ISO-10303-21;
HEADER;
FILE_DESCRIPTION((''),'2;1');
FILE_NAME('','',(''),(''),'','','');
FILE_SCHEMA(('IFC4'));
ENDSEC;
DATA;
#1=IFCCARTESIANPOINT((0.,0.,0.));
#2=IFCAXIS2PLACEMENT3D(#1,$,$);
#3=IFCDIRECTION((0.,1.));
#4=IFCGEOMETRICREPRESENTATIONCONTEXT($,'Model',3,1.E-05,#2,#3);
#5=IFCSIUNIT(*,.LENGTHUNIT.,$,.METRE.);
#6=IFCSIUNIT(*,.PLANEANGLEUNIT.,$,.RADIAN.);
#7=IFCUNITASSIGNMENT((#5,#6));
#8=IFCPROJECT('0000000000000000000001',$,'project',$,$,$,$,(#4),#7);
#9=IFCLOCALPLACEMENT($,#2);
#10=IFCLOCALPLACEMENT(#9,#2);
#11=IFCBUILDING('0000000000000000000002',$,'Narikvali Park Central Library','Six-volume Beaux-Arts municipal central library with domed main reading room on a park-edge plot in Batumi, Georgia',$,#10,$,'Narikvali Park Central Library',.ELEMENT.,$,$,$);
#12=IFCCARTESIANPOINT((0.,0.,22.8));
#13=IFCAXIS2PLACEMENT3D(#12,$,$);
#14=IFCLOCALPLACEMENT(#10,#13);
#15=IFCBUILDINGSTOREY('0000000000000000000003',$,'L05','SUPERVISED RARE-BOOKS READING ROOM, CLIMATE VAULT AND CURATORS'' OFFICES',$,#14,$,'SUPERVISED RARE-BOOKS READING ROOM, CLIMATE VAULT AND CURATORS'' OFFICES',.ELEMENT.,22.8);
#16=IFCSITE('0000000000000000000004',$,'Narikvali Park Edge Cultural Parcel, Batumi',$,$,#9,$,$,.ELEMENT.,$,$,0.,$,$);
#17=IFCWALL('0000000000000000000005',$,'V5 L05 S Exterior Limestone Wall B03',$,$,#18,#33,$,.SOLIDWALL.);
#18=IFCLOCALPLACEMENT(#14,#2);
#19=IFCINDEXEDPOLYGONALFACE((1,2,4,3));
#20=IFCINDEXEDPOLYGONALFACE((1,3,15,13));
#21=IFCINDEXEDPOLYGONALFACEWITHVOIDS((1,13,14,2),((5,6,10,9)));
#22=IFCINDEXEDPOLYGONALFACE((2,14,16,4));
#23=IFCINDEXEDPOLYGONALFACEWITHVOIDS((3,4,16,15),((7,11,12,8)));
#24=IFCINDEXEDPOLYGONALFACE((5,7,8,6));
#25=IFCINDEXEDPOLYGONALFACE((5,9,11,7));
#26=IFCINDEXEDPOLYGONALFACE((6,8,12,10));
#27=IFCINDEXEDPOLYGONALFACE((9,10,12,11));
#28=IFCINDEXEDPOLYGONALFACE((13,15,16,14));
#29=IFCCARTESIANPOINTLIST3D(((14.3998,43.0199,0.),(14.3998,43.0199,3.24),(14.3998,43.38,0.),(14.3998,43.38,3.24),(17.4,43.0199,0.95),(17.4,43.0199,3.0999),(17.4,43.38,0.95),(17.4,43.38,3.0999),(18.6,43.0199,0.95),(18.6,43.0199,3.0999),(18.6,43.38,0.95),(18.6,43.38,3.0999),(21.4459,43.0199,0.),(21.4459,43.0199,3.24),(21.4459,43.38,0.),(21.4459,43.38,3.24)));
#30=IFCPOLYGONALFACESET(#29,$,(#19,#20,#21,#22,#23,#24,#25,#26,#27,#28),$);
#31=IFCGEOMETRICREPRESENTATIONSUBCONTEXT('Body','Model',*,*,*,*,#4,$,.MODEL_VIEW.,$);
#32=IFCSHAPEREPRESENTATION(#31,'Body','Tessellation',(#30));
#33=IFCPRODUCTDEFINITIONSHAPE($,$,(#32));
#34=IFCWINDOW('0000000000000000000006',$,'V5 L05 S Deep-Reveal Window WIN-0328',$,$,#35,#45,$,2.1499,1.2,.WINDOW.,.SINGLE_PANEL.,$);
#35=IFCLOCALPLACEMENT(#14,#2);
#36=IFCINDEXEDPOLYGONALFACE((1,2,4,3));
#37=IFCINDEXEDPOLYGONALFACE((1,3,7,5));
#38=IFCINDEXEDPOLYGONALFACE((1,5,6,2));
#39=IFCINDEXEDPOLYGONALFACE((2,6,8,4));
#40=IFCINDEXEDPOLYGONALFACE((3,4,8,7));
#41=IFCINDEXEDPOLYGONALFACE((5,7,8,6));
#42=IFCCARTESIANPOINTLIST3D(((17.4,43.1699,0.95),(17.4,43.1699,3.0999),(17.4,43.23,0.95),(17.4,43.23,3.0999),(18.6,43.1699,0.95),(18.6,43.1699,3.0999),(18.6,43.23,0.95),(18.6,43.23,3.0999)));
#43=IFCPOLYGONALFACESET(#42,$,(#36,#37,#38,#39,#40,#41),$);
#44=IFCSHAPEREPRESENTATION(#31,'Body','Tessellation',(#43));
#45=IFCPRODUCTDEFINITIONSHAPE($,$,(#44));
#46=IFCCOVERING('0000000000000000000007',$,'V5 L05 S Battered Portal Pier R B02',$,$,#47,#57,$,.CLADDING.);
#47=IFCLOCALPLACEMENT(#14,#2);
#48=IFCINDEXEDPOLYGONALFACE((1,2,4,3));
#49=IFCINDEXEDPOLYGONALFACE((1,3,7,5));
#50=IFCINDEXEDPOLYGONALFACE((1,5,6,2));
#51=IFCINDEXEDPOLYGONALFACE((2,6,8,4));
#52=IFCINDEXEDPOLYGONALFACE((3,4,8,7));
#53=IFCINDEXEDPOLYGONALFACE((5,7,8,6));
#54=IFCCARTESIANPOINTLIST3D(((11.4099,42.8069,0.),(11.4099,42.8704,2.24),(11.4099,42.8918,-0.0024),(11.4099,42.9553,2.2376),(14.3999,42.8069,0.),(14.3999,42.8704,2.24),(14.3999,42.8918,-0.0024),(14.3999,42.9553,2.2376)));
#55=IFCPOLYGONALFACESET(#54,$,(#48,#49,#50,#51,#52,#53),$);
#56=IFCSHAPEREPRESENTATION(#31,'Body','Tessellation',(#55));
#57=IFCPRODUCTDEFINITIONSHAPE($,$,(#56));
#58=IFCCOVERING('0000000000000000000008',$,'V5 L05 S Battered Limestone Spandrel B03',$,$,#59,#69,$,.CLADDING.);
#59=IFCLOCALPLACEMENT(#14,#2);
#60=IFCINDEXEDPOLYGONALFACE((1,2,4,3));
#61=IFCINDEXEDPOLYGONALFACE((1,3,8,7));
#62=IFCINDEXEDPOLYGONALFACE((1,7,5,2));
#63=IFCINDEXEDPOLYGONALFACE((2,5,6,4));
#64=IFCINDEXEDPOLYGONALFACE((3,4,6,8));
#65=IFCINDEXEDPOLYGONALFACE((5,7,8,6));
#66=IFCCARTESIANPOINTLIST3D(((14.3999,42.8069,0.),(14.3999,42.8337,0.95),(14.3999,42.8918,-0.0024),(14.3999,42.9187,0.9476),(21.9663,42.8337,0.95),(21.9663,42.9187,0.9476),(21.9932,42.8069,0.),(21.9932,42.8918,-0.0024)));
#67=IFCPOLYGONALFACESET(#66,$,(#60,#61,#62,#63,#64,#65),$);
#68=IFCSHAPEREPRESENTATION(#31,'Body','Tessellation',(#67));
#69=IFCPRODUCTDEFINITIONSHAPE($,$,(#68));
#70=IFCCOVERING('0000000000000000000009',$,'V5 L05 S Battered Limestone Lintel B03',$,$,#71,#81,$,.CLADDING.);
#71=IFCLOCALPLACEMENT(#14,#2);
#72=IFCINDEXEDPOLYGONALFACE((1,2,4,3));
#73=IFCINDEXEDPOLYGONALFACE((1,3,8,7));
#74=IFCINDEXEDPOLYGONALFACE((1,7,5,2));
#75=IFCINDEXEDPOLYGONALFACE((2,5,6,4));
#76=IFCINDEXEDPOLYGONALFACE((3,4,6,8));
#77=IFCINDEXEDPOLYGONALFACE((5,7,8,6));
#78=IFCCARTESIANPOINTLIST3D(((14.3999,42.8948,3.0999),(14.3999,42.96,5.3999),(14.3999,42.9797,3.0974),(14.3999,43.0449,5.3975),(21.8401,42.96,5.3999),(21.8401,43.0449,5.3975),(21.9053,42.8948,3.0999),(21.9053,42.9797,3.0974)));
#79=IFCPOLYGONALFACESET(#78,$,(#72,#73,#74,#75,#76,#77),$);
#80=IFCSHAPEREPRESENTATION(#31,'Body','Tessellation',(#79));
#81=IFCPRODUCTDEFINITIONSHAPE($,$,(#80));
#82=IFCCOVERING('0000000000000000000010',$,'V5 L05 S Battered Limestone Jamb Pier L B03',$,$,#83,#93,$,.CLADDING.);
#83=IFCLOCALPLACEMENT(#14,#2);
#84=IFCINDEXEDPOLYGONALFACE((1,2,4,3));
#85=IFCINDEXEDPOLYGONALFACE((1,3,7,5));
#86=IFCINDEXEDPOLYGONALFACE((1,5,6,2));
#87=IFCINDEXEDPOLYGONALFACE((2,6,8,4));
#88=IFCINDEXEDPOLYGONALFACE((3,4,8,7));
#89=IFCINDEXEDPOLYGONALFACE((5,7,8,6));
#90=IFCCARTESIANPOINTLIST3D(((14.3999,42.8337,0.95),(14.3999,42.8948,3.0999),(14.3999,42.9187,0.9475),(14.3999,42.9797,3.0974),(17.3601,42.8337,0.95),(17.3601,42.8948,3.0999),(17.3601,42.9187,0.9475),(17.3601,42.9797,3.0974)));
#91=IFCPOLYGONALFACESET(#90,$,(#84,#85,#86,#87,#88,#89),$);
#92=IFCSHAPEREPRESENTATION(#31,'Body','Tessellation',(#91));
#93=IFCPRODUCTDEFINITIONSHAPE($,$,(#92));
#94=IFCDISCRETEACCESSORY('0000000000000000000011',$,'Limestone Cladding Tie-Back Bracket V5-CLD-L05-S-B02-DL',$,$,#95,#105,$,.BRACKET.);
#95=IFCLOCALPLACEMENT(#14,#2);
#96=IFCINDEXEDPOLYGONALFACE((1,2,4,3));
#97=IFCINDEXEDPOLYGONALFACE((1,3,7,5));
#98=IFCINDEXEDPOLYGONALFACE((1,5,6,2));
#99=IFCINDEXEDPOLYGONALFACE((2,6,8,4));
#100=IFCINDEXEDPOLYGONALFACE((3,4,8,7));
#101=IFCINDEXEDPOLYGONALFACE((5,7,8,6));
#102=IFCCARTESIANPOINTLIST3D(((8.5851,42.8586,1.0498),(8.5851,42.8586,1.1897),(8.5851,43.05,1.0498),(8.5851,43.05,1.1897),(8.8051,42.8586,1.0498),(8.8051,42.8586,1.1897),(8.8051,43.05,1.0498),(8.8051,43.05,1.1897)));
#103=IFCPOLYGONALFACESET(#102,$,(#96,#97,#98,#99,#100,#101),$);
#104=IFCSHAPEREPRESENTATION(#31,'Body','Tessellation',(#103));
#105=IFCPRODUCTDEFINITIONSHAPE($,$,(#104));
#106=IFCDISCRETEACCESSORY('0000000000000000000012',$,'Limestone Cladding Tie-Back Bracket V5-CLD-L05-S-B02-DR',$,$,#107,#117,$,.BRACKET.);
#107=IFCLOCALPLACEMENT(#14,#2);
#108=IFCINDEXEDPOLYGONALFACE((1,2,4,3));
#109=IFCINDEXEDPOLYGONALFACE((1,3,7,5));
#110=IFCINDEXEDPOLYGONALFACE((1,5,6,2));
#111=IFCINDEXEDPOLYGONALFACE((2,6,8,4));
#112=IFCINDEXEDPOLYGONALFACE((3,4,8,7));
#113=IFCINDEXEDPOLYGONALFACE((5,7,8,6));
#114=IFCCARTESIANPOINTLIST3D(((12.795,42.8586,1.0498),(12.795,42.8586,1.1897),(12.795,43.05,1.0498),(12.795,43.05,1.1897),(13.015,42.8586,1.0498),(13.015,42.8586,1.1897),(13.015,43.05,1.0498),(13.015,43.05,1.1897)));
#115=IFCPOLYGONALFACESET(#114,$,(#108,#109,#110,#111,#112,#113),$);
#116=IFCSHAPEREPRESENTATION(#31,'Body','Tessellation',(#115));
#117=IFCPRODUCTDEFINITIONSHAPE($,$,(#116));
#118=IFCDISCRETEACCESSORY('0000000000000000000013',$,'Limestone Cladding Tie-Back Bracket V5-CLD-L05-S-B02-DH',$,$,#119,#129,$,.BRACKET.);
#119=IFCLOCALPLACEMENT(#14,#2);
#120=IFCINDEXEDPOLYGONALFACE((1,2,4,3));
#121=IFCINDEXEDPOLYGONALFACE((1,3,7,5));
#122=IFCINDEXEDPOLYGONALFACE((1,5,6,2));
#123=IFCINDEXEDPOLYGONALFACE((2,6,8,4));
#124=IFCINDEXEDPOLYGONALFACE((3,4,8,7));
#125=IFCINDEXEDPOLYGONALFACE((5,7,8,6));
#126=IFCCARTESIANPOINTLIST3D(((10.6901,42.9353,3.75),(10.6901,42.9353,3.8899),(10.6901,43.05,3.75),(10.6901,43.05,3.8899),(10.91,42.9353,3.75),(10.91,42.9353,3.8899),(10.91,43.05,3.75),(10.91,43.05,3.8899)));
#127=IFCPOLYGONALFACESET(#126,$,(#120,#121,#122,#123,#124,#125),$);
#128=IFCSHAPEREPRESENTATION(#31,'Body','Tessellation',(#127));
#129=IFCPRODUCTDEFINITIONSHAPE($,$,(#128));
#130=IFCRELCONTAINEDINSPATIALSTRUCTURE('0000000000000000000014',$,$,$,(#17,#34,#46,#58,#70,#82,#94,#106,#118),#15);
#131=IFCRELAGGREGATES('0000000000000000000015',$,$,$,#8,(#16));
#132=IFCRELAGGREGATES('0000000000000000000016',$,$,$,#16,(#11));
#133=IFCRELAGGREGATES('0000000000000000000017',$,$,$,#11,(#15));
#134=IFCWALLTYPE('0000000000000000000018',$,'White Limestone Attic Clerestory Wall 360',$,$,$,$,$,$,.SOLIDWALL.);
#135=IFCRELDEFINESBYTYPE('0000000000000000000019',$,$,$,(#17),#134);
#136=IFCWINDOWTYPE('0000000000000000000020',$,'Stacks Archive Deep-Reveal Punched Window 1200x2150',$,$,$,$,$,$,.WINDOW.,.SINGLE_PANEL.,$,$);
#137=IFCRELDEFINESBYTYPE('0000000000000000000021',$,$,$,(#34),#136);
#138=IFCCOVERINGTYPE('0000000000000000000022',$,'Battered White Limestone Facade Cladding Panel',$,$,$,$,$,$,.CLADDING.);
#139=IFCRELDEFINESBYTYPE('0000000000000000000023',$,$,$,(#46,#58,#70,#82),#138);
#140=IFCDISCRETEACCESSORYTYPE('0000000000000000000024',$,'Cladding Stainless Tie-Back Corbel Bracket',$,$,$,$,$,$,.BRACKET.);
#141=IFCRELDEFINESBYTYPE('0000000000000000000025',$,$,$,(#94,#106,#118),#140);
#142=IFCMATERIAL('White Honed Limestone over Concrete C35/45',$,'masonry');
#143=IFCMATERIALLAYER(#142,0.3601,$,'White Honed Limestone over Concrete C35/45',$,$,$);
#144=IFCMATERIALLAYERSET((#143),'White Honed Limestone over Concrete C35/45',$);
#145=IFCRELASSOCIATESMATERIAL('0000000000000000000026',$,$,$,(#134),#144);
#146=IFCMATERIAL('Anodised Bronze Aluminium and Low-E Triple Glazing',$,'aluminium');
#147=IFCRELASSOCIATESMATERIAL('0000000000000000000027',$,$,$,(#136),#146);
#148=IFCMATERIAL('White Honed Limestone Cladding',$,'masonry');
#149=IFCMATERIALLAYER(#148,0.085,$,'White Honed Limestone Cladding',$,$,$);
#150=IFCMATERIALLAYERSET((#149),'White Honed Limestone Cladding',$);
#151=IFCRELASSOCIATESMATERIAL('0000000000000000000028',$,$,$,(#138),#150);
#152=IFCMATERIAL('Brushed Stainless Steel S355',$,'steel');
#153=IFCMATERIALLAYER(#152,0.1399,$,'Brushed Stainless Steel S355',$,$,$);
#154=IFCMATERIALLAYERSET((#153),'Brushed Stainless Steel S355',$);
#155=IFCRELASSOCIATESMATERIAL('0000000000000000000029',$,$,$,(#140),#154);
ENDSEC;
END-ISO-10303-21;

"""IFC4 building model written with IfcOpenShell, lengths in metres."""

from ifc_helpers import new_model, si_unit, direction, frame, frame_2d, origin, origin_2d, place, context, subcontext, project, spatial, polyline, rectangle, outline, extrude, material, layer, layer_set, type_object, element, fill, save


model = new_model("IFC4")

# Units and contexts
model_context = context("Model", 3, precision=1e-05, world=origin(), true_north=direction((0.0, 1.0)))
body_context = subcontext(model_context, "Body", "Model", "MODEL_VIEW")
ifc_project = project(units=[si_unit("LENGTHUNIT", "METRE"), si_unit("PLANEANGLEUNIT", "RADIAN")], contexts=[model_context])

# Site, building, storey
site_placement = place(None, origin())
site = spatial("IfcSite", under=ifc_project, at=site_placement, Name="Narikvali Park Edge Cultural Parcel, Batumi", CompositionType="ELEMENT", RefElevation=0.0)
building_placement = place(site_placement, origin())
building = spatial("IfcBuilding", under=site, at=building_placement, Name="Narikvali Park Central Library", Description="Six-volume Beaux-Arts municipal central library with domed main reading room on a park-edge plot in Batumi, Georgia", LongName="Narikvali Park Central Library", CompositionType="ELEMENT")
storey_placement = place(building_placement, frame((0.0, 0.0, 22.8)))
storey = spatial("IfcBuildingStorey", under=building, at=storey_placement, Name="L05", Description="SUPERVISED RARE-BOOKS READING ROOM, CLIMATE VAULT AND CURATORS' OFFICES", LongName="SUPERVISED RARE-BOOKS READING ROOM, CLIMATE VAULT AND CURATORS' OFFICES", CompositionType="ELEMENT", Elevation=22.8)

# Wall, opening, window
ifc_material_1 = material(Name="White Honed Limestone over Concrete C35/45", Category="masonry")
ifc_layer_1 = layer(ifc_material_1, 0.3601, Name="White Honed Limestone over Concrete C35/45")
ifc_layer_set_1 = layer_set([ifc_layer_1], Name="White Honed Limestone over Concrete C35/45")
wall_type_1 = type_object("IfcWallType", Name="White Limestone Attic Clerestory Wall 360", PredefinedType="SOLIDWALL", material=ifc_layer_set_1)
wall_1_placement = place(storey_placement, frame((14.3999, 43.2, 0.0), z_axis=(0.0, 0.0, 1.0), x_axis=(1.0, 0.0, 0.0)))
wall_1 = element("IfcWall", 1, at=wall_1_placement, inside=storey, type_object=wall_type_1, Name="V5 L05 S Exterior Limestone Wall B03", PredefinedType="SOLIDWALL", context=body_context, shape_type="SweptSolid", body=[
    extrude(rectangle(XDim=7.0461, YDim=0.3601, at=frame_2d((3.5229, 0.0))), origin(), (0.0, 0.0, 1.0), 3.24),
])
opening_1_placement = place(wall_1_placement, frame((3.0, 0.0, 0.95)))
opening_1 = element("IfcOpeningElement", 2, at=opening_1_placement, cuts=wall_1, PredefinedType="OPENING", context=body_context, shape_type="SweptSolid", body=[
    extrude(rectangle(XDim=1.2, YDim=2.1499, at=frame_2d((0.6001, 1.075))), frame((0.0, 0.1919, 0.0), z_axis=(0.0, -1.0, 0.0), x_axis=(1.0, 0.0, 0.0)), (0.0, 0.0, 1.0), 0.384),
])
ifc_material_2 = material(Name="Anodised Bronze Aluminium and Low-E Triple Glazing", Category="aluminium")
window_type = type_object("IfcWindowType", Name="Stacks Archive Deep-Reveal Punched Window 1200x2150", PartitioningType="SINGLE_PANEL", PredefinedType="WINDOW", material=ifc_material_2)
window_placement = place(opening_1_placement, origin())
window = element("IfcWindow", 3, at=window_placement, inside=storey, type_object=window_type, Name="V5 L05 S Deep-Reveal Window WIN-0328", OverallHeight=2.1499, OverallWidth=1.2, PartitioningType="SINGLE_PANEL", PredefinedType="WINDOW", context=body_context, shape_type="SweptSolid", body=[
    extrude(rectangle(XDim=1.2, YDim=2.1499, at=frame_2d((0.6001, 1.075))), frame((0.0, 0.03, 0.0), z_axis=(0.0, -1.0, 0.0), x_axis=(1.0, 0.0, 0.0)), (0.0, 0.0, 1.0), 0.0601),
])
fill(opening_1, window)

# Coverings
ifc_material_3 = material(Name="White Honed Limestone Cladding", Category="masonry")
ifc_layer_2 = layer(ifc_material_3, 0.085, Name="White Honed Limestone Cladding")
ifc_layer_set_2 = layer_set([ifc_layer_2], Name="White Honed Limestone Cladding")
covering_type = type_object("IfcCoveringType", Name="Battered White Limestone Facade Cladding Panel", PredefinedType="CLADDING", material=ifc_layer_set_2)
covering_1_placement = place(storey_placement, frame((11.4099, 42.8069, 0.0), z_axis=(0.0, -0.999599, 0.028327), x_axis=(1.0, 0.0, 0.0)))
element("IfcCovering", 4, at=covering_1_placement, inside=storey, type_object=covering_type, Name="V5 L05 S Battered Portal Pier R B02", PredefinedType="CLADDING", context=body_context, shape_type="SweptSolid", body=[
    extrude(outline(polyline([(0.0, 0.0), (2.99, 0.0), (2.99, 2.2409), (0.0, 2.2409), (0.0, 0.0)])), origin(), (0.0, 0.0, -1.0), 0.085),
])
covering_2_placement = place(storey_placement, frame((14.3999, 42.8069, 0.0), z_axis=(0.0, -0.999601, 0.028259), x_axis=(1.0, 0.0, 0.0)))
element("IfcCovering", 5, at=covering_2_placement, inside=storey, type_object=covering_type, Name="V5 L05 S Battered Limestone Spandrel B03", PredefinedType="CLADDING", context=body_context, shape_type="SweptSolid", body=[
    extrude(outline(polyline([(0.0, 0.0), (7.5933, 0.0), (7.5664, 0.9503), (0.0, 0.9503), (0.0, 0.0)])), origin(), (0.0, 0.0, -1.0), 0.085),
])
covering_3_placement = place(storey_placement, frame((14.3999, 42.8948, 3.0999), z_axis=(0.0, -0.999599, 0.02833), x_axis=(1.0, 0.0, 0.0)))
element("IfcCovering", 6, at=covering_3_placement, inside=storey, type_object=covering_type, Name="V5 L05 S Battered Limestone Lintel B03", PredefinedType="CLADDING", context=body_context, shape_type="SweptSolid", body=[
    extrude(outline(polyline([(0.0, 0.0), (7.5054, 0.0), (7.4402, 2.301), (0.0, 2.301), (0.0, 0.0)])), origin(), (0.0, 0.0, -1.0), 0.085),
])
covering_4_placement = place(storey_placement, frame((14.3999, 42.8337, 0.95), z_axis=(0.0, -0.999597, 0.028378), x_axis=(1.0, 0.0, 0.0)))
element("IfcCovering", 7, at=covering_4_placement, inside=storey, type_object=covering_type, Name="V5 L05 S Battered Limestone Jamb Pier L B03", PredefinedType="CLADDING", context=body_context, shape_type="SweptSolid", body=[
    extrude(outline(polyline([(0.0, 0.0), (2.9602, 0.0), (2.9602, 2.1508), (0.0, 2.1508), (0.0, 0.0)])), origin(), (0.0, 0.0, -1.0), 0.085),
])

# Discrete accessories
ifc_material_4 = material(Name="Brushed Stainless Steel S355", Category="steel")
ifc_layer_3 = layer(ifc_material_4, 0.1399, Name="Brushed Stainless Steel S355")
ifc_layer_set_3 = layer_set([ifc_layer_3], Name="Brushed Stainless Steel S355")
discrete_accessory_type = type_object("IfcDiscreteAccessoryType", Name="Cladding Stainless Tie-Back Corbel Bracket", PredefinedType="BRACKET", material=ifc_layer_set_3)
for number, where, z_axis, x_axis, name in (
    (8, (8.6951, 42.9543, 1.0498), (0.0, 0.0, 1.0), (1.0, 0.0, 0.0), "Limestone Cladding Tie-Back Bracket V5-CLD-L05-S-B02-DL"),
    (9, (12.905, 42.9543, 1.0498), (0.0, 0.0, 1.0), (1.0, 0.0, 0.0), "Limestone Cladding Tie-Back Bracket V5-CLD-L05-S-B02-DR"),
):
    element("IfcDiscreteAccessory", number, at=place(storey_placement, frame(where, z_axis=z_axis, x_axis=x_axis)), inside=storey, type_object=discrete_accessory_type, Name=name, PredefinedType="BRACKET", context=body_context, shape_type="SweptSolid", body=[
        extrude(rectangle(XDim=0.22, YDim=0.1914, at=origin_2d()), origin(), (0.0, 0.0, 1.0), 0.1399),
    ])
discrete_accessory_placement = place(storey_placement, frame((10.8, 42.9927, 3.75), z_axis=(0.0, 0.0, 1.0), x_axis=(1.0, 0.0, 0.0)))
element("IfcDiscreteAccessory", 10, at=discrete_accessory_placement, inside=storey, type_object=discrete_accessory_type, Name="Limestone Cladding Tie-Back Bracket V5-CLD-L05-S-B02-DH", PredefinedType="BRACKET", context=body_context, shape_type="SweptSolid", body=[
    extrude(rectangle(XDim=0.22, YDim=0.1147, at=origin_2d()), origin(), (0.0, 0.0, 1.0), 0.1399),
])

save(model, "model.ifc")
